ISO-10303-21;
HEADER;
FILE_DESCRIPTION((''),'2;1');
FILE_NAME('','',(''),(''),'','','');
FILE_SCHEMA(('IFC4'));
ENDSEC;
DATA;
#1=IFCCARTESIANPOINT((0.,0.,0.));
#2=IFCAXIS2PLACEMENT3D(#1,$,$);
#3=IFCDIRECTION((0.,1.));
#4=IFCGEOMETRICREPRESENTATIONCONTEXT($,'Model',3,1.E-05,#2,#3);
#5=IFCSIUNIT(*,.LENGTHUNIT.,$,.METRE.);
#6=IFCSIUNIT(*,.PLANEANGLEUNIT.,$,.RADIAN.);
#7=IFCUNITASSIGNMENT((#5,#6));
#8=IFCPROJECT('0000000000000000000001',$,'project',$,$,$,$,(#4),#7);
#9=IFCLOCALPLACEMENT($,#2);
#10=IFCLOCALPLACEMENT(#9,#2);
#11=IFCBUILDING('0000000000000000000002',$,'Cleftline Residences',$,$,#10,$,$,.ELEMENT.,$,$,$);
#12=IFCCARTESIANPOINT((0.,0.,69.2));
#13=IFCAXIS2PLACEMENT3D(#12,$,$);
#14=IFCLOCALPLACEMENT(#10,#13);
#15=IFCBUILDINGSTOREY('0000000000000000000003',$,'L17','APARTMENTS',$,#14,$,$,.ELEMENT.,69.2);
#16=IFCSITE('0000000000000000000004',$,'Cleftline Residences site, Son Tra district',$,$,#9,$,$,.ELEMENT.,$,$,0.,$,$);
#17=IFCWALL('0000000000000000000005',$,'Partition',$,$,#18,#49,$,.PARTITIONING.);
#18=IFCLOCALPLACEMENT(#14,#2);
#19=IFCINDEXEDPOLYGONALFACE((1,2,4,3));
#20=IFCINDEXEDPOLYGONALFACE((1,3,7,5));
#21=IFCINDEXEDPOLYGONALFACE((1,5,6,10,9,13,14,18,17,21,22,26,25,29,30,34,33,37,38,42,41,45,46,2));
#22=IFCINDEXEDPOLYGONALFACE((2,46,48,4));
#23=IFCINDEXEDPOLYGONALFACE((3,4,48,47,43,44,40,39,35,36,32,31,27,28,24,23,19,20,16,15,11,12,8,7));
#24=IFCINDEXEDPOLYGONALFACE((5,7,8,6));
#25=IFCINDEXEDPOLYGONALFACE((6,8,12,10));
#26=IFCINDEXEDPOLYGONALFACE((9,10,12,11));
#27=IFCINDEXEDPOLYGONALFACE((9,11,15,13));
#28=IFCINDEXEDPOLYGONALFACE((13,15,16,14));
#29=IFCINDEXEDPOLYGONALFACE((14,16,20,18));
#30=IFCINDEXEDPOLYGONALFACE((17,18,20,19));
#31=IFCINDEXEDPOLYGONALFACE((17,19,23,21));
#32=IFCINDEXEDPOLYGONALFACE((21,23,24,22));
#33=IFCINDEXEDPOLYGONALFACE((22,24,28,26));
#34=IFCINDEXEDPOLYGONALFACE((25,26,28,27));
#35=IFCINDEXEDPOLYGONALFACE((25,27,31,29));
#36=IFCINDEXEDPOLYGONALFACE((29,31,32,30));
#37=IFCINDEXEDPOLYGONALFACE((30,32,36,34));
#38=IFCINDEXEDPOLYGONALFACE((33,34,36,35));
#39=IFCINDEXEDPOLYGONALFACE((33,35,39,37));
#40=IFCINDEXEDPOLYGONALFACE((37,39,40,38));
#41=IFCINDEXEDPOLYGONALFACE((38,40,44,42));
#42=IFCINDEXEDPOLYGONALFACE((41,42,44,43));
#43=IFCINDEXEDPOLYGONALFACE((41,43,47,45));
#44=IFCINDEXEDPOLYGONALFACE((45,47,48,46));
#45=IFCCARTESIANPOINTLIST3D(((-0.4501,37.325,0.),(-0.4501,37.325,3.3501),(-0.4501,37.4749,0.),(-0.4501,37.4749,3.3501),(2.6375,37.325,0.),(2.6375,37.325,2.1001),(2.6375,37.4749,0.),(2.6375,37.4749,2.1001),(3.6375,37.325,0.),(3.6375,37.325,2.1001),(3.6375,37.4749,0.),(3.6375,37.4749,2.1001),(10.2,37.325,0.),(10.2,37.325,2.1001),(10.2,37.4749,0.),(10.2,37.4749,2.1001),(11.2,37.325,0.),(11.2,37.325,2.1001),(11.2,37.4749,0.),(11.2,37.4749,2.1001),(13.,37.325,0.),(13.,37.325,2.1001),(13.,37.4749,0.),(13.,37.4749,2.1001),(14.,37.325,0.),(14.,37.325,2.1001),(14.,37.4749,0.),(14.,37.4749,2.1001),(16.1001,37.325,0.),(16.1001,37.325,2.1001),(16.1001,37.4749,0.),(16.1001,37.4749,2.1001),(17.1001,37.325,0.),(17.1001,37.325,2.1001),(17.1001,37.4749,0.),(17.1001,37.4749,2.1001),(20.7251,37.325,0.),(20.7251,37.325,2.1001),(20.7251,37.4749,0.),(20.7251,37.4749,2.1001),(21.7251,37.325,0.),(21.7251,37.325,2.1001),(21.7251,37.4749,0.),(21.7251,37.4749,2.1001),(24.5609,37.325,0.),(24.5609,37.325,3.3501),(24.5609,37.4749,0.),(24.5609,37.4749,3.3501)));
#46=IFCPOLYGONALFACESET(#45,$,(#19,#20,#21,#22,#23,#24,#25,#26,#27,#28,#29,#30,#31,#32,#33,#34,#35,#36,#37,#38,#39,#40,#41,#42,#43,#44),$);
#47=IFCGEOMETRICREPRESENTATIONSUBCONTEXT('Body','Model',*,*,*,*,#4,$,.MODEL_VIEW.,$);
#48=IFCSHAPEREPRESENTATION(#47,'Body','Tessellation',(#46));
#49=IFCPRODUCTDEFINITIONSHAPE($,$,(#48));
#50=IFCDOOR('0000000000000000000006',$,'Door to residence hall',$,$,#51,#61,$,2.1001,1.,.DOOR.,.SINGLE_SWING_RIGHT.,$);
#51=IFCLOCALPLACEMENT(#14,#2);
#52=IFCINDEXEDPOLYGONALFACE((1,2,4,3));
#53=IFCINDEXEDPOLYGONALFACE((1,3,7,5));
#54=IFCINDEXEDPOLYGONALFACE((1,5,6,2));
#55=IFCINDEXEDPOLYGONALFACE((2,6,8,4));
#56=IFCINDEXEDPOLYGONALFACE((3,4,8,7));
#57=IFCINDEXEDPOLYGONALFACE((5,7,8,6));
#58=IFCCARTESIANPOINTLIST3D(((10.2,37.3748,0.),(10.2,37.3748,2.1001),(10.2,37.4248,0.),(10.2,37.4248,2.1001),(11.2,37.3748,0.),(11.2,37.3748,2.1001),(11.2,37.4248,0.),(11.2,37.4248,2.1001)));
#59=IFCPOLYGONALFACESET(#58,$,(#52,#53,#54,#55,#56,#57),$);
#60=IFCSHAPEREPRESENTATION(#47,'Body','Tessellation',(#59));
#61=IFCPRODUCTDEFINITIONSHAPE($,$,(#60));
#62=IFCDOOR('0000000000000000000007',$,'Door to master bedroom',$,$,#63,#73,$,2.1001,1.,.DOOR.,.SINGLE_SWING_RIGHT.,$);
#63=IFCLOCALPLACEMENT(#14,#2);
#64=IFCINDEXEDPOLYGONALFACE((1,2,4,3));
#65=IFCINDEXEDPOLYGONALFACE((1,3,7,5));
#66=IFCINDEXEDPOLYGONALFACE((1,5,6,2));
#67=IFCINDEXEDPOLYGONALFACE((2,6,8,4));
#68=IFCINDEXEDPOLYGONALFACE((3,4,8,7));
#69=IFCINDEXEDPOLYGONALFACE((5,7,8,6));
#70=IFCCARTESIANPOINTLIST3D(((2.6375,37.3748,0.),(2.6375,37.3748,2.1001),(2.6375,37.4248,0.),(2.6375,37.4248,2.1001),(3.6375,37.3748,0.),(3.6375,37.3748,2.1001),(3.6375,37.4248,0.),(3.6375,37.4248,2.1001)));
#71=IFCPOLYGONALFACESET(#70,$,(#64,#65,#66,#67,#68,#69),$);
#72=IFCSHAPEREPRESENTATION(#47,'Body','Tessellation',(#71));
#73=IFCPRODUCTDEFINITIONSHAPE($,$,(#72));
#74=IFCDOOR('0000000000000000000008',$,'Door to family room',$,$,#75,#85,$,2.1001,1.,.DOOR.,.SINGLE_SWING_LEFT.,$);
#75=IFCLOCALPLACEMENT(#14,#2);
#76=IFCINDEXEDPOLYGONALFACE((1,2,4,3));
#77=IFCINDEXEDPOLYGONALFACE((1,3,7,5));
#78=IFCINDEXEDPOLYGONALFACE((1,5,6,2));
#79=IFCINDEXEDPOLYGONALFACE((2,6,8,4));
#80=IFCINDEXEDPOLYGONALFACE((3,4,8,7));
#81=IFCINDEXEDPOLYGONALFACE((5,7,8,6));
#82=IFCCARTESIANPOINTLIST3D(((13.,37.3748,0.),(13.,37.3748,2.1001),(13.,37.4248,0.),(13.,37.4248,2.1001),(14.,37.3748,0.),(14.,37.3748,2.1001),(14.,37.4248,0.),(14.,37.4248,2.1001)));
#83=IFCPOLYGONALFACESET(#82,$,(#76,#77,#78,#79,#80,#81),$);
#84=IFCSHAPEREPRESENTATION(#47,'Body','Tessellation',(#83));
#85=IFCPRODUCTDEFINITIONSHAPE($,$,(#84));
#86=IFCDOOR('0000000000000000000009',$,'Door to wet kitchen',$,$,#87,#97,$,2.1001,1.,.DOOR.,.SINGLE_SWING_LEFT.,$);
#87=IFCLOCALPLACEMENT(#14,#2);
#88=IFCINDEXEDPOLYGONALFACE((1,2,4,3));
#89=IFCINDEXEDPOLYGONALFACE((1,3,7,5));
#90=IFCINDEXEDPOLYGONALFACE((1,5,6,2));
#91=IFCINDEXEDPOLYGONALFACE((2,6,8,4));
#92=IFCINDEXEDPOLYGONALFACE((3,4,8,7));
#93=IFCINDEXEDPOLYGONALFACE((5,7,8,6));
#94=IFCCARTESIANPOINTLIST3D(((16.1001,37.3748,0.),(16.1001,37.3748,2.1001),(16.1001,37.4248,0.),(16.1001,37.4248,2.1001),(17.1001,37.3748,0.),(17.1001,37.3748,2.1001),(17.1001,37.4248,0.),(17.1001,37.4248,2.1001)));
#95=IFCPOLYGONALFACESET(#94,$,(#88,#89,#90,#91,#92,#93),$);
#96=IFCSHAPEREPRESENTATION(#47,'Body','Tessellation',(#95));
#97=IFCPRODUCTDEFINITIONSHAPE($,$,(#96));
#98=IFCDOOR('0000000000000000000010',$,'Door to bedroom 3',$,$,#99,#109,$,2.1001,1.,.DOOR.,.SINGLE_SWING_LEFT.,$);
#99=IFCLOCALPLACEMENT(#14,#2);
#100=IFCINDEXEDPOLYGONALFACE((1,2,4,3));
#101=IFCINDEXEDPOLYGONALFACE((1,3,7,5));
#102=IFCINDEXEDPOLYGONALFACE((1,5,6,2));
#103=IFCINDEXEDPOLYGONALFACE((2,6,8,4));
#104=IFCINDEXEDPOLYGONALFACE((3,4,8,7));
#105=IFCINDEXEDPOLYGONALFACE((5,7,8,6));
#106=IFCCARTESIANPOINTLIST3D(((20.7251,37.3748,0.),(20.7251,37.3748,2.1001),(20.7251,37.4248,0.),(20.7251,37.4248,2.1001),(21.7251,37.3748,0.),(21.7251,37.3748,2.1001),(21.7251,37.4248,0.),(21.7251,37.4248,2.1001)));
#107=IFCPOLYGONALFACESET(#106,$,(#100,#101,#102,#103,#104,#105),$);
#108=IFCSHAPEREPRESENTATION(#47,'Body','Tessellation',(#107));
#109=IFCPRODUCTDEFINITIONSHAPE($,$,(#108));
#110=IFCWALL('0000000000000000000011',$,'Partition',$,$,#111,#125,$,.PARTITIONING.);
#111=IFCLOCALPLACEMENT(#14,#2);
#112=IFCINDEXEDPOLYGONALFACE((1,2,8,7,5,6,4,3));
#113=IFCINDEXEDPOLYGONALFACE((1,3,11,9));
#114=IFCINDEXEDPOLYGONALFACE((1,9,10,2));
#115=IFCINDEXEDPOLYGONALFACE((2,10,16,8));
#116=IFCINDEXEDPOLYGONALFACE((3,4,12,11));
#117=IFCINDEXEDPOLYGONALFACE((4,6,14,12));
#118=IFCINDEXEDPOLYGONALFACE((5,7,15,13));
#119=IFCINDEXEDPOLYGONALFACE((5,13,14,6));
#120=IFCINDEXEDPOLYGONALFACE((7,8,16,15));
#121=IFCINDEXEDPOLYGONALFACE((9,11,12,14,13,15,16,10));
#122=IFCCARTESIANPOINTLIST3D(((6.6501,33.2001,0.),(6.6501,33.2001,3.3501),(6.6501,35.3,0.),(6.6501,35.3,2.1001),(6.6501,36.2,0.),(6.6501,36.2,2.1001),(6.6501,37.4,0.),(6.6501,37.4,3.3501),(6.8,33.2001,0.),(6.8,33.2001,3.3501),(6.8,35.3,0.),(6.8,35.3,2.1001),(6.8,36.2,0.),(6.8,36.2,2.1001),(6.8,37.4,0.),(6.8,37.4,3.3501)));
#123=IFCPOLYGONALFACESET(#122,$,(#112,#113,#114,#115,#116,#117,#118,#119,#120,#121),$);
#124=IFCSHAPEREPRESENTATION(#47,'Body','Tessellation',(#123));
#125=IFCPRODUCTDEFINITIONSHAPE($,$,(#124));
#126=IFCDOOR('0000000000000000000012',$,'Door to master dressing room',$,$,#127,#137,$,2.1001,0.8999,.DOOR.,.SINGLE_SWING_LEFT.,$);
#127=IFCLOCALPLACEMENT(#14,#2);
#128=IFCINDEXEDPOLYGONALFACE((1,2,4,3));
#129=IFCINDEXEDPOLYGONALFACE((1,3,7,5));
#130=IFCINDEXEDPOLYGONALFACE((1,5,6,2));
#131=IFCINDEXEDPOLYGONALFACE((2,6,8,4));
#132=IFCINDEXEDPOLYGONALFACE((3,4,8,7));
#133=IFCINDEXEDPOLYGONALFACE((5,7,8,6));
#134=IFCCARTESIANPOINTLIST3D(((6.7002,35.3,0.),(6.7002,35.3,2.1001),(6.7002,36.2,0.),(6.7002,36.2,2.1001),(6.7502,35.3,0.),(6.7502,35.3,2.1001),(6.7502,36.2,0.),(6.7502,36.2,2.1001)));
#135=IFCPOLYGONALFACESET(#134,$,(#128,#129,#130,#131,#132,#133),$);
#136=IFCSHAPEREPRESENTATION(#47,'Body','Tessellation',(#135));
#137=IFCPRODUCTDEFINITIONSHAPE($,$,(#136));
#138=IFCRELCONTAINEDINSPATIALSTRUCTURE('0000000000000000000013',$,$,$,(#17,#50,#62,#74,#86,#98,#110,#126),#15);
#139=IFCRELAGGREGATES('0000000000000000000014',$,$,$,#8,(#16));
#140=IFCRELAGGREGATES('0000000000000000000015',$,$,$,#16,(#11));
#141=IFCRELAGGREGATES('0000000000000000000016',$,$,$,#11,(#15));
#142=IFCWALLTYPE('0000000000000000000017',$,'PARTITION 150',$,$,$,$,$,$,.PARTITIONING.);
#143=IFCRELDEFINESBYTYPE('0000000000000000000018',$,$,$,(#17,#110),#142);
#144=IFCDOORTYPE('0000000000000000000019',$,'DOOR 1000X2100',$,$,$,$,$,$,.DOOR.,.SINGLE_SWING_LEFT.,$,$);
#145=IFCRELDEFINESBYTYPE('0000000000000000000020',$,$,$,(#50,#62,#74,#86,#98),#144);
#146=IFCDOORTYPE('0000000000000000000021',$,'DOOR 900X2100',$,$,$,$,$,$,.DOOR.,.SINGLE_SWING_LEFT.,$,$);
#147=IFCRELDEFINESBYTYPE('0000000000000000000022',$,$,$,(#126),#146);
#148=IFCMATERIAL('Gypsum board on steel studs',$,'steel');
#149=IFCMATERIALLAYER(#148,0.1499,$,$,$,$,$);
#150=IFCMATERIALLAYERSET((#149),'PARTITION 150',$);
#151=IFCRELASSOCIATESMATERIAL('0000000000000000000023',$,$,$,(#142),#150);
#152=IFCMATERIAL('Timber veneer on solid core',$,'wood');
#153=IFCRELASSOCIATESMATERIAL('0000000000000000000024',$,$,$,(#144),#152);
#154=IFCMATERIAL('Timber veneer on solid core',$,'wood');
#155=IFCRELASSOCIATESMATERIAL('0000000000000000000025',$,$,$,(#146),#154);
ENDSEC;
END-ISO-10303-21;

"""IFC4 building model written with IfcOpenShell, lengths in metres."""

from ifc_helpers import new_model, si_unit, direction, frame, frame_2d, origin, place, context, subcontext, project, spatial, rectangle, extrude, material, layer, layer_set, type_object, element, fill, save


model = new_model("IFC4")

# Units and contexts
model_context = context("Model", 3, precision=1e-05, world=origin(), true_north=direction((0.0, 1.0)))
body_context = subcontext(model_context, "Body", "Model", "MODEL_VIEW")
ifc_project = project(units=[si_unit("LENGTHUNIT", "METRE"), si_unit("PLANEANGLEUNIT", "RADIAN")], contexts=[model_context])

# Site, building, storey
site_placement = place(None, origin())
site = spatial("IfcSite", under=ifc_project, at=site_placement, Name="Cleftline Residences site, Son Tra district", CompositionType="ELEMENT", RefElevation=0.0)
building_placement = place(site_placement, origin())
building = spatial("IfcBuilding", under=site, at=building_placement, Name="Cleftline Residences", CompositionType="ELEMENT")
storey_placement = place(building_placement, frame((0.0, 0.0, 69.2)))
storey = spatial("IfcBuildingStorey", under=building, at=storey_placement, Name="L17", Description="APARTMENTS", CompositionType="ELEMENT", Elevation=69.2)

# Shared definitions
ifc_material_1 = material(Name="Gypsum board on steel studs", Category="steel")
ifc_layer = layer(ifc_material_1, 0.1499)
ifc_layer_set = layer_set([ifc_layer], Name="PARTITION 150")
wall_type = type_object("IfcWallType", Name="PARTITION 150", PredefinedType="PARTITIONING", material=ifc_layer_set)

# Wall, openings, doors
wall_1_placement = place(storey_placement, frame((-0.45, 37.3999, 0.0), z_axis=(0.0, 0.0, 1.0), x_axis=(1.0, 0.0, 0.0)))
wall_1 = element("IfcWall", 1, at=wall_1_placement, inside=storey, type_object=wall_type, Name="Partition", PredefinedType="PARTITIONING", context=body_context, shape_type="SweptSolid", body=[
    extrude(rectangle(XDim=25.011, YDim=0.1499, at=frame_2d((12.5054, 0.0))), origin(), (0.0, 0.0, 1.0), 3.3501),
])
opening_1_placement = place(wall_1_placement, frame((10.6499, 0.0, 0.0)))
opening_1 = element("IfcOpeningElement", 2, at=opening_1_placement, cuts=wall_1, PredefinedType="OPENING", context=body_context, shape_type="SweptSolid", body=[
    extrude(rectangle(XDim=1.0, YDim=2.1001, at=frame_2d((0.5, 1.05))), frame((0.0, 0.085, 0.0), z_axis=(0.0, -1.0, 0.0), x_axis=(1.0, 0.0, 0.0)), (0.0, 0.0, 1.0), 0.1699),
])
opening_2_placement = place(wall_1_placement, frame((3.0874, 0.0, 0.0)))
opening_2 = element("IfcOpeningElement", 3, at=opening_2_placement, cuts=wall_1, PredefinedType="OPENING", context=body_context, shape_type="SweptSolid", body=[
    extrude(rectangle(XDim=1.0, YDim=2.1001, at=frame_2d((0.5, 1.05))), frame((0.0, 0.085, 0.0), z_axis=(0.0, -1.0, 0.0), x_axis=(1.0, 0.0, 0.0)), (0.0, 0.0, 1.0), 0.1699),
])
opening_3_placement = place(wall_1_placement, frame((13.45, 0.0, 0.0)))
opening_3 = element("IfcOpeningElement", 4, at=opening_3_placement, cuts=wall_1, PredefinedType="OPENING", context=body_context, shape_type="SweptSolid", body=[
    extrude(rectangle(XDim=1.0, YDim=2.1001, at=frame_2d((0.5, 1.05))), frame((0.0, 0.085, 0.0), z_axis=(0.0, -1.0, 0.0), x_axis=(1.0, 0.0, 0.0)), (0.0, 0.0, 1.0), 0.1699),
])
opening_4_placement = place(wall_1_placement, frame((16.55, 0.0, 0.0)))
opening_4 = element("IfcOpeningElement", 5, at=opening_4_placement, cuts=wall_1, PredefinedType="OPENING", context=body_context, shape_type="SweptSolid", body=[
    extrude(rectangle(XDim=1.0, YDim=2.1001, at=frame_2d((0.5, 1.05))), frame((0.0, 0.085, 0.0), z_axis=(0.0, -1.0, 0.0), x_axis=(1.0, 0.0, 0.0)), (0.0, 0.0, 1.0), 0.1699),
])
opening_5_placement = place(wall_1_placement, frame((21.175, 0.0, 0.0)))
opening_5 = element("IfcOpeningElement", 6, at=opening_5_placement, cuts=wall_1, PredefinedType="OPENING", context=body_context, shape_type="SweptSolid", body=[
    extrude(rectangle(XDim=1.0, YDim=2.1001, at=frame_2d((0.5, 1.05))), frame((0.0, 0.085, 0.0), z_axis=(0.0, -1.0, 0.0), x_axis=(1.0, 0.0, 0.0)), (0.0, 0.0, 1.0), 0.1699),
])
ifc_material_2 = material(Name="Timber veneer on solid core", Category="wood")
door_type_1 = type_object("IfcDoorType", Name="DOOR 1000X2100", OperationType="SINGLE_SWING_LEFT", PredefinedType="DOOR", material=ifc_material_2)
door_1_placement = place(opening_1_placement, origin())
door_1 = element("IfcDoor", 7, at=door_1_placement, inside=storey, type_object=door_type_1, Name="Door to residence hall", OperationType="SINGLE_SWING_RIGHT", OverallHeight=2.1001, OverallWidth=1.0, PredefinedType="DOOR", context=body_context, shape_type="SweptSolid", body=[
    extrude(rectangle(XDim=1.0, YDim=2.1001, at=frame_2d((0.5, 1.05))), frame((0.0, 0.0249, 0.0), z_axis=(0.0, -1.0, 0.0), x_axis=(1.0, 0.0, 0.0)), (0.0, 0.0, 1.0), 0.05),
])
fill(opening_1, door_1)
door_2_placement = place(opening_2_placement, origin())
door_2 = element("IfcDoor", 8, at=door_2_placement, inside=storey, type_object=door_type_1, Name="Door to master bedroom", OperationType="SINGLE_SWING_RIGHT", OverallHeight=2.1001, OverallWidth=1.0, PredefinedType="DOOR", context=body_context, shape_type="SweptSolid", body=[
    extrude(rectangle(XDim=1.0, YDim=2.1001, at=frame_2d((0.5, 1.05))), frame((0.0, 0.0249, 0.0), z_axis=(0.0, -1.0, 0.0), x_axis=(1.0, 0.0, 0.0)), (0.0, 0.0, 1.0), 0.05),
])
fill(opening_2, door_2)
door_3_placement = place(opening_3_placement, origin())
door_3 = element("IfcDoor", 9, at=door_3_placement, inside=storey, type_object=door_type_1, Name="Door to family room", OperationType="SINGLE_SWING_LEFT", OverallHeight=2.1001, OverallWidth=1.0, PredefinedType="DOOR", context=body_context, shape_type="SweptSolid", body=[
    extrude(rectangle(XDim=1.0, YDim=2.1001, at=frame_2d((0.5, 1.05))), frame((0.0, 0.0249, 0.0), z_axis=(0.0, -1.0, 0.0), x_axis=(1.0, 0.0, 0.0)), (0.0, 0.0, 1.0), 0.05),
])
fill(opening_3, door_3)
door_4_placement = place(opening_4_placement, origin())
door_4 = element("IfcDoor", 10, at=door_4_placement, inside=storey, type_object=door_type_1, Name="Door to wet kitchen", OperationType="SINGLE_SWING_LEFT", OverallHeight=2.1001, OverallWidth=1.0, PredefinedType="DOOR", context=body_context, shape_type="SweptSolid", body=[
    extrude(rectangle(XDim=1.0, YDim=2.1001, at=frame_2d((0.5, 1.05))), frame((0.0, 0.0249, 0.0), z_axis=(0.0, -1.0, 0.0), x_axis=(1.0, 0.0, 0.0)), (0.0, 0.0, 1.0), 0.05),
])
fill(opening_4, door_4)
door_5_placement = place(opening_5_placement, origin())
door_5 = element("IfcDoor", 11, at=door_5_placement, inside=storey, type_object=door_type_1, Name="Door to bedroom 3", OperationType="SINGLE_SWING_LEFT", OverallHeight=2.1001, OverallWidth=1.0, PredefinedType="DOOR", context=body_context, shape_type="SweptSolid", body=[
    extrude(rectangle(XDim=1.0, YDim=2.1001, at=frame_2d((0.5, 1.05))), frame((0.0, 0.0249, 0.0), z_axis=(0.0, -1.0, 0.0), x_axis=(1.0, 0.0, 0.0)), (0.0, 0.0, 1.0), 0.05),
])
fill(opening_5, door_5)

# Wall, opening, door
wall_2_placement = place(storey_placement, frame((6.7251, 33.2, 0.0), z_axis=(0.0, 0.0, 1.0), x_axis=(0.0, 1.0, 0.0)))
wall_2 = element("IfcWall", 12, at=wall_2_placement, inside=storey, type_object=wall_type, Name="Partition", PredefinedType="PARTITIONING", context=body_context, shape_type="SweptSolid", body=[
    extrude(rectangle(XDim=4.2, YDim=0.1499, at=frame_2d((2.1001, 0.0))), origin(), (0.0, 0.0, 1.0), 3.3501),
])
opening_6_placement = place(wall_2_placement, frame((2.1001, 0.0, 0.0)))
opening_6 = element("IfcOpeningElement", 13, at=opening_6_placement, cuts=wall_2, PredefinedType="OPENING", context=body_context, shape_type="SweptSolid", body=[
    extrude(rectangle(XDim=0.8999, YDim=2.1001, at=frame_2d((0.45, 1.05))), frame((0.0, 0.085, 0.0), z_axis=(0.0, -1.0, 0.0), x_axis=(1.0, 0.0, 0.0)), (0.0, 0.0, 1.0), 0.1699),
])
ifc_material_3 = material(Name="Timber veneer on solid core", Category="wood")
door_type_2 = type_object("IfcDoorType", Name="DOOR 900X2100", OperationType="SINGLE_SWING_LEFT", PredefinedType="DOOR", material=ifc_material_3)
door_6_placement = place(opening_6_placement, origin())
door_6 = element("IfcDoor", 14, at=door_6_placement, inside=storey, type_object=door_type_2, Name="Door to master dressing room", OperationType="SINGLE_SWING_LEFT", OverallHeight=2.1001, OverallWidth=0.8999, PredefinedType="DOOR", context=body_context, shape_type="SweptSolid", body=[
    extrude(rectangle(XDim=0.8999, YDim=2.1001, at=frame_2d((0.45, 1.05))), frame((0.0, 0.0249, 0.0), z_axis=(0.0, -1.0, 0.0), x_axis=(1.0, 0.0, 0.0)), (0.0, 0.0, 1.0), 0.05),
])
fill(opening_6, door_6)

save(model, "model.ifc")
